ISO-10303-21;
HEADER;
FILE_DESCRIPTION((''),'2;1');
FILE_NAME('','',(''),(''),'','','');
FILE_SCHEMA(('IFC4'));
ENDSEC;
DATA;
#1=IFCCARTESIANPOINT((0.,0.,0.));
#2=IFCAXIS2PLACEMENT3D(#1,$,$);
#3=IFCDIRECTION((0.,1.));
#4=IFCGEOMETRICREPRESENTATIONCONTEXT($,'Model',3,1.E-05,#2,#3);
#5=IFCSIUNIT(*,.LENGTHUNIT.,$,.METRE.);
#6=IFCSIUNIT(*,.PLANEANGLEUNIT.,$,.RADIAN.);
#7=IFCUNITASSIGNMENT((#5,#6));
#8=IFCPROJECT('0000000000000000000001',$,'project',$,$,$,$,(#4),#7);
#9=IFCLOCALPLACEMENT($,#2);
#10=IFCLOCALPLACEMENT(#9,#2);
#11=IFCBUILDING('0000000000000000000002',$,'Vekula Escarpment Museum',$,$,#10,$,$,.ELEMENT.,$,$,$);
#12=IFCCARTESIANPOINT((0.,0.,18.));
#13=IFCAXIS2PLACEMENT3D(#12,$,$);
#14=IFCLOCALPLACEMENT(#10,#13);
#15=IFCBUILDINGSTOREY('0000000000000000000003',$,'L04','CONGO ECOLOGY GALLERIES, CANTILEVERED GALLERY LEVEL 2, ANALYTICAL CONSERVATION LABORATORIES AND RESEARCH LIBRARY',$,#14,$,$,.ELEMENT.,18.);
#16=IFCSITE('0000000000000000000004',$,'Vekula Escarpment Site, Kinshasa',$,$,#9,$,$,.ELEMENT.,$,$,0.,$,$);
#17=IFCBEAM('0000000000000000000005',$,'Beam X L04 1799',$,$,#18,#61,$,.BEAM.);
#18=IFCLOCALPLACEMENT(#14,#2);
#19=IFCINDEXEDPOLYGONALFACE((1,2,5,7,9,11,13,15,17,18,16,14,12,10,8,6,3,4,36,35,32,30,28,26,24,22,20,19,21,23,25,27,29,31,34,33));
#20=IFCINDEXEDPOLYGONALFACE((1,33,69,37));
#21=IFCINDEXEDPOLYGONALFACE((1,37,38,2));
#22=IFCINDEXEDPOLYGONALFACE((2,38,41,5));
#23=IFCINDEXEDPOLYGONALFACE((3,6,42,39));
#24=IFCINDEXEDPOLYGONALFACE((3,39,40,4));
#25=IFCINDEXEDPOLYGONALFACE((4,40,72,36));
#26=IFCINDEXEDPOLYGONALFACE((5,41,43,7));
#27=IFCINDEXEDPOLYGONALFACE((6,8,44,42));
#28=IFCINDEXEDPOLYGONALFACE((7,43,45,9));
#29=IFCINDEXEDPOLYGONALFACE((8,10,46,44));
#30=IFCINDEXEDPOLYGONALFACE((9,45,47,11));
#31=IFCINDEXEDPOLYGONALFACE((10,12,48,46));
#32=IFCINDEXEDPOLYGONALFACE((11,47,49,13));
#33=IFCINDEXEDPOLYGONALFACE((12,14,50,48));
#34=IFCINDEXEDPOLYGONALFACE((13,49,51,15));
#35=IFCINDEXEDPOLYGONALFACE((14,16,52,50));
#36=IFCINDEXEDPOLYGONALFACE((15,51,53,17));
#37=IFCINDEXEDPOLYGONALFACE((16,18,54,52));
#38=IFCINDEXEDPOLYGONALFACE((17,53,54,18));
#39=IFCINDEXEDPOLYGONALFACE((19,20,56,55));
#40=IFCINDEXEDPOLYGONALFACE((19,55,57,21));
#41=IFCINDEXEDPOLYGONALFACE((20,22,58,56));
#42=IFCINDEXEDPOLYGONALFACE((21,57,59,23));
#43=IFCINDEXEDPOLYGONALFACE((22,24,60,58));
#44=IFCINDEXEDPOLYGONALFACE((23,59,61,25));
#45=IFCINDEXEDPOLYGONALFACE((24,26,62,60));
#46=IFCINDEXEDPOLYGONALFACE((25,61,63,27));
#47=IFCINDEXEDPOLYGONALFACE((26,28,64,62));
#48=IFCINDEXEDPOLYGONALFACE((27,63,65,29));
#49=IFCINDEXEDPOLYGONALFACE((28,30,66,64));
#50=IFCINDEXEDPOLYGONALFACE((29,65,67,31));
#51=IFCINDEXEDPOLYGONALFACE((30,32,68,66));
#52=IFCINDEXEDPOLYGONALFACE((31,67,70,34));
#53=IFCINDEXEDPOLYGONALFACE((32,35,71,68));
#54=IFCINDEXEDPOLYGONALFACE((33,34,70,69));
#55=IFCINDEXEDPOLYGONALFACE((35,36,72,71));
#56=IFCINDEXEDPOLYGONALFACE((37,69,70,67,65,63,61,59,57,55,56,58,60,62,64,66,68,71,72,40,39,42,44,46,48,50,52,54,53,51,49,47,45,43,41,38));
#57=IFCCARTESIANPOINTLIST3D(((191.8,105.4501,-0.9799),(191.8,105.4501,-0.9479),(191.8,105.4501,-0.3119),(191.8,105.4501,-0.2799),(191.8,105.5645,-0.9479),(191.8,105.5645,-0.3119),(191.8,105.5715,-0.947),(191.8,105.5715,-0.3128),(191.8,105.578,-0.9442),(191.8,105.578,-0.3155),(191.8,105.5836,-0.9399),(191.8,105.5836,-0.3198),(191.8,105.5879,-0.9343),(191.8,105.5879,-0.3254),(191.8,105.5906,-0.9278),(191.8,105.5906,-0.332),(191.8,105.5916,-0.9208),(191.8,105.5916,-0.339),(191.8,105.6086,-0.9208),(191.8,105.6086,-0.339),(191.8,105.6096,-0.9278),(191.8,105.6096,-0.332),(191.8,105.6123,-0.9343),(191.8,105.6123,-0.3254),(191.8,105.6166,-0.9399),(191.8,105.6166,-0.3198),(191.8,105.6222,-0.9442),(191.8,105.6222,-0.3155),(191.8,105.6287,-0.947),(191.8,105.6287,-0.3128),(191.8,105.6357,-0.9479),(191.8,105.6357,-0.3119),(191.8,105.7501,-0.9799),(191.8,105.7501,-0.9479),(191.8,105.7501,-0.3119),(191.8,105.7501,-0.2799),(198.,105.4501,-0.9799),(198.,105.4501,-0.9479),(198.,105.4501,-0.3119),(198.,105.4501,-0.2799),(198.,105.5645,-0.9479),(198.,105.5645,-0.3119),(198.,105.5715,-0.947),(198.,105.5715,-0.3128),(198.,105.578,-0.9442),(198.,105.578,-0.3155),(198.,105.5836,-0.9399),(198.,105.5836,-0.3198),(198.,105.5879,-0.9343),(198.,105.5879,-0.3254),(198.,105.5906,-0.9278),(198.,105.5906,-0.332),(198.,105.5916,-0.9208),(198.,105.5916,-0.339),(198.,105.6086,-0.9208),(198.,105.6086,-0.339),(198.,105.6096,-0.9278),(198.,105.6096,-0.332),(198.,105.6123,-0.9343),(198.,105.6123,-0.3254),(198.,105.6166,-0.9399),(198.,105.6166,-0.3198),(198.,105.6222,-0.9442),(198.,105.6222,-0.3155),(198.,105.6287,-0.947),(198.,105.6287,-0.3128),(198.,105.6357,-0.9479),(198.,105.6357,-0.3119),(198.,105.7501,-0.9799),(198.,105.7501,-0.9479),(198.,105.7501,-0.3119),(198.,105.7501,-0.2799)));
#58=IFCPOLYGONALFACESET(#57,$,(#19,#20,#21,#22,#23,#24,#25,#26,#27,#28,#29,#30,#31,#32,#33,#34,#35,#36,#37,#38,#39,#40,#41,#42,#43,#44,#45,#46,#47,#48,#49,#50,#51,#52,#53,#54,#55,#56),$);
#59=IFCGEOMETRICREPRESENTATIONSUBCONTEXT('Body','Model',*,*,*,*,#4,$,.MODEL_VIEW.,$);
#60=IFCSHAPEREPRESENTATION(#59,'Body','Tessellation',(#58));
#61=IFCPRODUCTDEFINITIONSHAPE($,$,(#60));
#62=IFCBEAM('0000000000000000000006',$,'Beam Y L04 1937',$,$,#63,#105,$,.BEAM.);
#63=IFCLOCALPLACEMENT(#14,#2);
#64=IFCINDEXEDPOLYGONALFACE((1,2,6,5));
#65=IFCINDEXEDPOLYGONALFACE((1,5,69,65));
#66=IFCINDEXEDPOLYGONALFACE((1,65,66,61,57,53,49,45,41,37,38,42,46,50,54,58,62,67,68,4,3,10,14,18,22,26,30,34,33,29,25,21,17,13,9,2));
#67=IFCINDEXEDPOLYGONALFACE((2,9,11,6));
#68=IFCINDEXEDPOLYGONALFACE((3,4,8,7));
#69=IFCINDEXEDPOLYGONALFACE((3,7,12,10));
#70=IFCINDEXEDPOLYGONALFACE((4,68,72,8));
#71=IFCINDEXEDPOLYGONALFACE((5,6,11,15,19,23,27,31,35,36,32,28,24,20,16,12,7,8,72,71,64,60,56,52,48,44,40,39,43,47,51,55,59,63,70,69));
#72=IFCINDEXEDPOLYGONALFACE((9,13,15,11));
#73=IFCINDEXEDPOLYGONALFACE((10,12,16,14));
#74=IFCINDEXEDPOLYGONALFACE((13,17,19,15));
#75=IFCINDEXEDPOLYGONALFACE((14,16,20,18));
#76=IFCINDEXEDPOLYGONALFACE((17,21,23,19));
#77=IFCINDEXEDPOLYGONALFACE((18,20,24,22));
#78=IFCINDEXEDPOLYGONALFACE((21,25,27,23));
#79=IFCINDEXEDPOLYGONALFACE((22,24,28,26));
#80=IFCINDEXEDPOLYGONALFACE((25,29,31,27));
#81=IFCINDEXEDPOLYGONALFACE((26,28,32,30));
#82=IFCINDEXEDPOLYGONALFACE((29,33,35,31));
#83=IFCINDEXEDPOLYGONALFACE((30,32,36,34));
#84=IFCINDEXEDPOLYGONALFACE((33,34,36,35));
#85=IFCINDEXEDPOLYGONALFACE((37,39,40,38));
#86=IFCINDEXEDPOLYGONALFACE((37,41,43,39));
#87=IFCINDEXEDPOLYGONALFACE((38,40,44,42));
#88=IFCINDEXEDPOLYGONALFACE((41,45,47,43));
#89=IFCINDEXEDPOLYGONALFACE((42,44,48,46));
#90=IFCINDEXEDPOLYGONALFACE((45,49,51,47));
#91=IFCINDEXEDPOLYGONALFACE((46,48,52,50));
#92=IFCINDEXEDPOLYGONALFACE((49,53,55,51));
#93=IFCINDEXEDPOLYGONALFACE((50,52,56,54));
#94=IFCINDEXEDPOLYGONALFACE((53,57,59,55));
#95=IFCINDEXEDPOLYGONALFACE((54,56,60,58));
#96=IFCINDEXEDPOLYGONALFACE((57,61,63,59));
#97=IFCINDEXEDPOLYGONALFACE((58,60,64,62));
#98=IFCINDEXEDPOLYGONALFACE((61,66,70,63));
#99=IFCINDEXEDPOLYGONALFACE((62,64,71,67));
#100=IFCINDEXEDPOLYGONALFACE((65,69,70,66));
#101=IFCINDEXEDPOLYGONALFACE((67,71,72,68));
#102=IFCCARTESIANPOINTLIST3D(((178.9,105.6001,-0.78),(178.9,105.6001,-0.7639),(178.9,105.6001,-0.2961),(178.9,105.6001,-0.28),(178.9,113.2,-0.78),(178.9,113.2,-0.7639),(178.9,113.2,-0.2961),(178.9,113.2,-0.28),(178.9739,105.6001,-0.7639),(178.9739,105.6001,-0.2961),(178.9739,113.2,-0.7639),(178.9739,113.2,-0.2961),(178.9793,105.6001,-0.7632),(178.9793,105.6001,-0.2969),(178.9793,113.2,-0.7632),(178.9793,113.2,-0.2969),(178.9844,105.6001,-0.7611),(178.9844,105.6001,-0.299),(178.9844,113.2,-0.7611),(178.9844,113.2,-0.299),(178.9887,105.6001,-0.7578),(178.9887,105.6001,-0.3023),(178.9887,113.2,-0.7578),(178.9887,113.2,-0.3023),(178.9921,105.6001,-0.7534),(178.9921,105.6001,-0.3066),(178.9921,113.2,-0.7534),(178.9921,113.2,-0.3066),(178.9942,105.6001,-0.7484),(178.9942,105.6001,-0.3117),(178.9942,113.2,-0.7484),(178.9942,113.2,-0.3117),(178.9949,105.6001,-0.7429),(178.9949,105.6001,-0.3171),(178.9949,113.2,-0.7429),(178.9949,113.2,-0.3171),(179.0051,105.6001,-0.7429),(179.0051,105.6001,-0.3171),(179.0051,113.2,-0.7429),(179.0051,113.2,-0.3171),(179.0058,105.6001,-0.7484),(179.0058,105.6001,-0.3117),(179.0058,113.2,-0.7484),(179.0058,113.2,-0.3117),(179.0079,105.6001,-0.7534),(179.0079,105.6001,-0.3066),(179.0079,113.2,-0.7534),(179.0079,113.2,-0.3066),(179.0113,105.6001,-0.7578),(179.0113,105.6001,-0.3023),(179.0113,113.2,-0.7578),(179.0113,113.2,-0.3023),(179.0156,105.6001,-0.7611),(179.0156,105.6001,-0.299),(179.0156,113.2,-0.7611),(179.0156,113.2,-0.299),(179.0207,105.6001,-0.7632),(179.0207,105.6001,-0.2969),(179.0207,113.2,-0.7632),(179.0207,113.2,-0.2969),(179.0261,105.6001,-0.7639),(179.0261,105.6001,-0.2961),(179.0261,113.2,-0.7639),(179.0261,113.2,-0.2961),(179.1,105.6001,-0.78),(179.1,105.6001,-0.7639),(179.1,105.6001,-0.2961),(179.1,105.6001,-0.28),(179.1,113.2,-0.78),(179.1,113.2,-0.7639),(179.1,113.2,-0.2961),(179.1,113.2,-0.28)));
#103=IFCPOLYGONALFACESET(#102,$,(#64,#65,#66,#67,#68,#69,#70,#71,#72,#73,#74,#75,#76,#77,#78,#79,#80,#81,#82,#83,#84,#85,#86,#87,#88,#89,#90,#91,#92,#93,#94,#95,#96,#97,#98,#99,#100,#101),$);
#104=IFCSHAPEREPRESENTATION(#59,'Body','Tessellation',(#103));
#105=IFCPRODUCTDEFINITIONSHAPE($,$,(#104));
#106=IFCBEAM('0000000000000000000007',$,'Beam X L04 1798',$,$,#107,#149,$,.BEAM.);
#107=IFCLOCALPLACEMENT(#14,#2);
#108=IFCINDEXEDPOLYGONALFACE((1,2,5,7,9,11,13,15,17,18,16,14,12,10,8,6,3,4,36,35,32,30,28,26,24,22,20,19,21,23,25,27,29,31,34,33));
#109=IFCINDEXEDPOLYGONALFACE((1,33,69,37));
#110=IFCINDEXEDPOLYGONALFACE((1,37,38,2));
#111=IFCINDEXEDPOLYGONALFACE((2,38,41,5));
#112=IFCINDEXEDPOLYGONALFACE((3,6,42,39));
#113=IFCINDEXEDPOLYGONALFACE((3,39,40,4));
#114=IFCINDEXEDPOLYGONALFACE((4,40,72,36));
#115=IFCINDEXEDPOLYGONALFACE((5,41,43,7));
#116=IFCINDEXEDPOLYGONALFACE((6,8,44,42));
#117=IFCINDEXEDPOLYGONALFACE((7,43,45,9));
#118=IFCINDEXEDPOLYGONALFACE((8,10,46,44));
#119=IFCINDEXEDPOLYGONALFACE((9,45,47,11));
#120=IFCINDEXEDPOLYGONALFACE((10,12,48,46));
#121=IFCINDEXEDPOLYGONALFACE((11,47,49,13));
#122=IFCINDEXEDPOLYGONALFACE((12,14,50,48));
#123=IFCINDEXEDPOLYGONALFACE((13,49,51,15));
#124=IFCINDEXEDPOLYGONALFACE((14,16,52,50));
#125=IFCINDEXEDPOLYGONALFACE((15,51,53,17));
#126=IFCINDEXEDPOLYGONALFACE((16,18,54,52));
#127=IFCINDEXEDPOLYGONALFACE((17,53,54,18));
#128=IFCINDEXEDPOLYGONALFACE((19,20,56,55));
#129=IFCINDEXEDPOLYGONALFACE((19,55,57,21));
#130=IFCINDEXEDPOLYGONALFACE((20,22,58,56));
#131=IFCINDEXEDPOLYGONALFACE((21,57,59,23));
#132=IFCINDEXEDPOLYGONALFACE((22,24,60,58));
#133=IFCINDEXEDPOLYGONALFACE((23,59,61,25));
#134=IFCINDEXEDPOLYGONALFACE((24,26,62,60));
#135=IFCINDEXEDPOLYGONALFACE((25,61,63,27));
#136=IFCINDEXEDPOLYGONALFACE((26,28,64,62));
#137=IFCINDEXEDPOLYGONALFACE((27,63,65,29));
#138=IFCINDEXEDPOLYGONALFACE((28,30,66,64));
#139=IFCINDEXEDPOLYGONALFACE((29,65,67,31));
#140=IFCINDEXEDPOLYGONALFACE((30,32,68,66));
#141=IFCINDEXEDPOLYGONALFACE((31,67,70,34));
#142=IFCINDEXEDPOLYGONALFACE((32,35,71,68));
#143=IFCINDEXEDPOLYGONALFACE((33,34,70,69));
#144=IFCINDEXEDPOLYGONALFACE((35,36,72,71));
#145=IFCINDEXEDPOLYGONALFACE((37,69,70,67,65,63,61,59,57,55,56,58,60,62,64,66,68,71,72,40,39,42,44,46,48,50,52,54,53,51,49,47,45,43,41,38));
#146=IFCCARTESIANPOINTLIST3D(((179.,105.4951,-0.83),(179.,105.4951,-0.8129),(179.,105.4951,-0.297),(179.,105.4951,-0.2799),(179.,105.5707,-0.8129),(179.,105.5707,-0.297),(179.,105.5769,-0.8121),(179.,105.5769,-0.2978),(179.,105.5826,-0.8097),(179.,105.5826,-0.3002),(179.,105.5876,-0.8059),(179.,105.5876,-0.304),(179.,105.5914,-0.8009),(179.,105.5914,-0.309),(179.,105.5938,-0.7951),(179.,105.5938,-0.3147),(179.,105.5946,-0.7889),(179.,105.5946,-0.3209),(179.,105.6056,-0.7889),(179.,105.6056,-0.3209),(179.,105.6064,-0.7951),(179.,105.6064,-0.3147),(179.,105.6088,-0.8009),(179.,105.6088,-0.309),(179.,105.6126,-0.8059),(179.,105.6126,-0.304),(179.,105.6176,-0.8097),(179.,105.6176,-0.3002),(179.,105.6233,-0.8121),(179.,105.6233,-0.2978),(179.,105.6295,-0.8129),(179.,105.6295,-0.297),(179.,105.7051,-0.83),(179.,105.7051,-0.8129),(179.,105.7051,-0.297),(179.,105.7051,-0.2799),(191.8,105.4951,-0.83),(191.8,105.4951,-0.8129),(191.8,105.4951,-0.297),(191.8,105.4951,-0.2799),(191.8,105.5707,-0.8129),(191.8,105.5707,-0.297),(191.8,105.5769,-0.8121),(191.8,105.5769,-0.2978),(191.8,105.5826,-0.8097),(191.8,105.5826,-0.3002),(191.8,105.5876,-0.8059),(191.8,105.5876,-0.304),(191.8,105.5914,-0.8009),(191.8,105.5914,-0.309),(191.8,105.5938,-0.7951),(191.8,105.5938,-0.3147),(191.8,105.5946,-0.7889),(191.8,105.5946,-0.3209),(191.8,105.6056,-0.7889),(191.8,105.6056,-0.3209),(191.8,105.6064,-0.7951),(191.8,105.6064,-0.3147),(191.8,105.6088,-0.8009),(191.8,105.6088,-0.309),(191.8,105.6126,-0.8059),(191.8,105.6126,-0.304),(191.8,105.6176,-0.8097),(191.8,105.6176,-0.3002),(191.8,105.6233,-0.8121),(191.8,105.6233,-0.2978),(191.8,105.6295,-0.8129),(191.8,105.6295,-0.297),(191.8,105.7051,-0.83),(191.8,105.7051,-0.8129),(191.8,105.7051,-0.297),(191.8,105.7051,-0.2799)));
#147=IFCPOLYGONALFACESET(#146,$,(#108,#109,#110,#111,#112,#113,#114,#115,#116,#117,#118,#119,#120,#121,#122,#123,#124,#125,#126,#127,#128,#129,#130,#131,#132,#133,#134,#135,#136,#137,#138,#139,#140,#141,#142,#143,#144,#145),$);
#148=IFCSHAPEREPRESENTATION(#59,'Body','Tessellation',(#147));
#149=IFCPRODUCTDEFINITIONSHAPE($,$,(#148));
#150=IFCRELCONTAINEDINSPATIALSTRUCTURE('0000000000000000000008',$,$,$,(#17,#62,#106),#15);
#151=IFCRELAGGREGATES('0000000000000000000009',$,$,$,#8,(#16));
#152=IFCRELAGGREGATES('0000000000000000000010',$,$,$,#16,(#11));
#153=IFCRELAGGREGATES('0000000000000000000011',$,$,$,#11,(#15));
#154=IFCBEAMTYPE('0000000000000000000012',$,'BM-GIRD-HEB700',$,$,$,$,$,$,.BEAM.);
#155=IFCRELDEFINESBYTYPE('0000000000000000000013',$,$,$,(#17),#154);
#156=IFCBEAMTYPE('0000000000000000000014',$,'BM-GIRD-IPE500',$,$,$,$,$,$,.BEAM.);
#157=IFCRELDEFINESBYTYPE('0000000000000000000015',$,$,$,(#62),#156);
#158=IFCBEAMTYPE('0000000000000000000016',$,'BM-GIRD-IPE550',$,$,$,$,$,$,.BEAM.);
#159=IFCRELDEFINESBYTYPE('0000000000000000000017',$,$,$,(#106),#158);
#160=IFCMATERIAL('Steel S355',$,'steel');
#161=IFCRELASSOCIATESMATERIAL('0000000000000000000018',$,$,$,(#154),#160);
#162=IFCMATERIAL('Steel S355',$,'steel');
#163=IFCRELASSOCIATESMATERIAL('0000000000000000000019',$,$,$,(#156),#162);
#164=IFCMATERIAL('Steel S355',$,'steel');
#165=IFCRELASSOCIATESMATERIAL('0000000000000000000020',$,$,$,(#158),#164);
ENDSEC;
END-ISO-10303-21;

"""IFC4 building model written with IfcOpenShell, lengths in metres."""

from ifc_helpers import new_model, si_unit, direction, frame, origin, origin_2d, place, context, subcontext, project, spatial, i_section, extrude, material, material_profile, profile_set, type_object, element, save


model = new_model("IFC4")

# Units and contexts
model_context = context("Model", 3, precision=1e-05, world=origin(), true_north=direction((0.0, 1.0)))
body_context = subcontext(model_context, "Body", "Model", "MODEL_VIEW")
ifc_project = project(units=[si_unit("LENGTHUNIT", "METRE"), si_unit("PLANEANGLEUNIT", "RADIAN")], contexts=[model_context])

# Site, building, storey
site_placement = place(None, origin())
site = spatial("IfcSite", under=ifc_project, at=site_placement, Name="Vekula Escarpment Site, Kinshasa", CompositionType="ELEMENT", RefElevation=0.0)
building_placement = place(site_placement, origin())
building = spatial("IfcBuilding", under=site, at=building_placement, Name="Vekula Escarpment Museum", CompositionType="ELEMENT")
storey_placement = place(building_placement, frame((0.0, 0.0, 18.0)))
storey = spatial("IfcBuildingStorey", under=building, at=storey_placement, Name="L04", Description="CONGO ECOLOGY GALLERIES, CANTILEVERED GALLERY LEVEL 2, ANALYTICAL CONSERVATION LABORATORIES AND RESEARCH LIBRARY", CompositionType="ELEMENT", Elevation=18.0)

# Beams
ifc_material_1 = material(Name="Steel S355", Category="steel")
ifc_material_profile_1 = material_profile(ifc_material_1, i_section(OverallWidth=0.3, OverallDepth=0.7, WebThickness=0.0171, FlangeThickness=0.032, FilletRadius=0.0271, at=origin_2d()), Name="HEB 700")
ifc_profile_set_1 = profile_set([ifc_material_profile_1], Name="Steel S355")
beam_type_1 = type_object("IfcBeamType", Name="BM-GIRD-HEB700", PredefinedType="BEAM", material=ifc_profile_set_1)
beam_1_placement = place(storey_placement, frame((191.8, 105.6001, -0.6299), z_axis=(1.0, 0.0, 0.0), x_axis=(0.0, 1.0, 0.0)))
element("IfcBeam", 1, at=beam_1_placement, inside=storey, type_object=beam_type_1, Name="Beam X L04 1799", PredefinedType="BEAM", context=body_context, shape_type="SweptSolid", body=[
    extrude(i_section(OverallWidth=0.3, OverallDepth=0.7, WebThickness=0.0171, FlangeThickness=0.032, FilletRadius=0.0271, at=origin_2d()), origin(), (0.0, 0.0, 1.0), 6.2),
])
ifc_material_2 = material(Name="Steel S355", Category="steel")
ifc_material_profile_2 = material_profile(ifc_material_2, i_section(OverallWidth=0.2, OverallDepth=0.5, WebThickness=0.0103, FlangeThickness=0.0161, FilletRadius=0.021, at=origin_2d()), Name="IPE 500")
ifc_profile_set_2 = profile_set([ifc_material_profile_2], Name="Steel S355")
beam_type_2 = type_object("IfcBeamType", Name="BM-GIRD-IPE500", PredefinedType="BEAM", material=ifc_profile_set_2)
beam_2_placement = place(storey_placement, frame((179.0, 105.6001, -0.53), z_axis=(0.0, 1.0, 0.0), x_axis=(-1.0, 0.0, 0.0)))
element("IfcBeam", 2, at=beam_2_placement, inside=storey, type_object=beam_type_2, Name="Beam Y L04 1937", PredefinedType="BEAM", context=body_context, shape_type="SweptSolid", body=[
    extrude(i_section(OverallWidth=0.2, OverallDepth=0.5, WebThickness=0.0103, FlangeThickness=0.0161, FilletRadius=0.021, at=origin_2d()), origin(), (0.0, 0.0, 1.0), 7.5999),
])
ifc_material_3 = material(Name="Steel S355", Category="steel")
ifc_material_profile_3 = material_profile(ifc_material_3, i_section(OverallWidth=0.21, OverallDepth=0.55, WebThickness=0.011, FlangeThickness=0.0171, FilletRadius=0.0239, at=origin_2d()), Name="IPE 550")
ifc_profile_set_3 = profile_set([ifc_material_profile_3], Name="Steel S355")
beam_type_3 = type_object("IfcBeamType", Name="BM-GIRD-IPE550", PredefinedType="BEAM", material=ifc_profile_set_3)
beam_3_placement = place(storey_placement, frame((179.0, 105.6001, -0.5549), z_axis=(1.0, 0.0, 0.0), x_axis=(0.0, 1.0, 0.0)))
element("IfcBeam", 3, at=beam_3_placement, inside=storey, type_object=beam_type_3, Name="Beam X L04 1798", PredefinedType="BEAM", context=body_context, shape_type="SweptSolid", body=[
    extrude(i_section(OverallWidth=0.21, OverallDepth=0.55, WebThickness=0.011, FlangeThickness=0.0171, FilletRadius=0.0239, at=origin_2d()), origin(), (0.0, 0.0, 1.0), 12.8),
])

save(model, "model.ifc")
